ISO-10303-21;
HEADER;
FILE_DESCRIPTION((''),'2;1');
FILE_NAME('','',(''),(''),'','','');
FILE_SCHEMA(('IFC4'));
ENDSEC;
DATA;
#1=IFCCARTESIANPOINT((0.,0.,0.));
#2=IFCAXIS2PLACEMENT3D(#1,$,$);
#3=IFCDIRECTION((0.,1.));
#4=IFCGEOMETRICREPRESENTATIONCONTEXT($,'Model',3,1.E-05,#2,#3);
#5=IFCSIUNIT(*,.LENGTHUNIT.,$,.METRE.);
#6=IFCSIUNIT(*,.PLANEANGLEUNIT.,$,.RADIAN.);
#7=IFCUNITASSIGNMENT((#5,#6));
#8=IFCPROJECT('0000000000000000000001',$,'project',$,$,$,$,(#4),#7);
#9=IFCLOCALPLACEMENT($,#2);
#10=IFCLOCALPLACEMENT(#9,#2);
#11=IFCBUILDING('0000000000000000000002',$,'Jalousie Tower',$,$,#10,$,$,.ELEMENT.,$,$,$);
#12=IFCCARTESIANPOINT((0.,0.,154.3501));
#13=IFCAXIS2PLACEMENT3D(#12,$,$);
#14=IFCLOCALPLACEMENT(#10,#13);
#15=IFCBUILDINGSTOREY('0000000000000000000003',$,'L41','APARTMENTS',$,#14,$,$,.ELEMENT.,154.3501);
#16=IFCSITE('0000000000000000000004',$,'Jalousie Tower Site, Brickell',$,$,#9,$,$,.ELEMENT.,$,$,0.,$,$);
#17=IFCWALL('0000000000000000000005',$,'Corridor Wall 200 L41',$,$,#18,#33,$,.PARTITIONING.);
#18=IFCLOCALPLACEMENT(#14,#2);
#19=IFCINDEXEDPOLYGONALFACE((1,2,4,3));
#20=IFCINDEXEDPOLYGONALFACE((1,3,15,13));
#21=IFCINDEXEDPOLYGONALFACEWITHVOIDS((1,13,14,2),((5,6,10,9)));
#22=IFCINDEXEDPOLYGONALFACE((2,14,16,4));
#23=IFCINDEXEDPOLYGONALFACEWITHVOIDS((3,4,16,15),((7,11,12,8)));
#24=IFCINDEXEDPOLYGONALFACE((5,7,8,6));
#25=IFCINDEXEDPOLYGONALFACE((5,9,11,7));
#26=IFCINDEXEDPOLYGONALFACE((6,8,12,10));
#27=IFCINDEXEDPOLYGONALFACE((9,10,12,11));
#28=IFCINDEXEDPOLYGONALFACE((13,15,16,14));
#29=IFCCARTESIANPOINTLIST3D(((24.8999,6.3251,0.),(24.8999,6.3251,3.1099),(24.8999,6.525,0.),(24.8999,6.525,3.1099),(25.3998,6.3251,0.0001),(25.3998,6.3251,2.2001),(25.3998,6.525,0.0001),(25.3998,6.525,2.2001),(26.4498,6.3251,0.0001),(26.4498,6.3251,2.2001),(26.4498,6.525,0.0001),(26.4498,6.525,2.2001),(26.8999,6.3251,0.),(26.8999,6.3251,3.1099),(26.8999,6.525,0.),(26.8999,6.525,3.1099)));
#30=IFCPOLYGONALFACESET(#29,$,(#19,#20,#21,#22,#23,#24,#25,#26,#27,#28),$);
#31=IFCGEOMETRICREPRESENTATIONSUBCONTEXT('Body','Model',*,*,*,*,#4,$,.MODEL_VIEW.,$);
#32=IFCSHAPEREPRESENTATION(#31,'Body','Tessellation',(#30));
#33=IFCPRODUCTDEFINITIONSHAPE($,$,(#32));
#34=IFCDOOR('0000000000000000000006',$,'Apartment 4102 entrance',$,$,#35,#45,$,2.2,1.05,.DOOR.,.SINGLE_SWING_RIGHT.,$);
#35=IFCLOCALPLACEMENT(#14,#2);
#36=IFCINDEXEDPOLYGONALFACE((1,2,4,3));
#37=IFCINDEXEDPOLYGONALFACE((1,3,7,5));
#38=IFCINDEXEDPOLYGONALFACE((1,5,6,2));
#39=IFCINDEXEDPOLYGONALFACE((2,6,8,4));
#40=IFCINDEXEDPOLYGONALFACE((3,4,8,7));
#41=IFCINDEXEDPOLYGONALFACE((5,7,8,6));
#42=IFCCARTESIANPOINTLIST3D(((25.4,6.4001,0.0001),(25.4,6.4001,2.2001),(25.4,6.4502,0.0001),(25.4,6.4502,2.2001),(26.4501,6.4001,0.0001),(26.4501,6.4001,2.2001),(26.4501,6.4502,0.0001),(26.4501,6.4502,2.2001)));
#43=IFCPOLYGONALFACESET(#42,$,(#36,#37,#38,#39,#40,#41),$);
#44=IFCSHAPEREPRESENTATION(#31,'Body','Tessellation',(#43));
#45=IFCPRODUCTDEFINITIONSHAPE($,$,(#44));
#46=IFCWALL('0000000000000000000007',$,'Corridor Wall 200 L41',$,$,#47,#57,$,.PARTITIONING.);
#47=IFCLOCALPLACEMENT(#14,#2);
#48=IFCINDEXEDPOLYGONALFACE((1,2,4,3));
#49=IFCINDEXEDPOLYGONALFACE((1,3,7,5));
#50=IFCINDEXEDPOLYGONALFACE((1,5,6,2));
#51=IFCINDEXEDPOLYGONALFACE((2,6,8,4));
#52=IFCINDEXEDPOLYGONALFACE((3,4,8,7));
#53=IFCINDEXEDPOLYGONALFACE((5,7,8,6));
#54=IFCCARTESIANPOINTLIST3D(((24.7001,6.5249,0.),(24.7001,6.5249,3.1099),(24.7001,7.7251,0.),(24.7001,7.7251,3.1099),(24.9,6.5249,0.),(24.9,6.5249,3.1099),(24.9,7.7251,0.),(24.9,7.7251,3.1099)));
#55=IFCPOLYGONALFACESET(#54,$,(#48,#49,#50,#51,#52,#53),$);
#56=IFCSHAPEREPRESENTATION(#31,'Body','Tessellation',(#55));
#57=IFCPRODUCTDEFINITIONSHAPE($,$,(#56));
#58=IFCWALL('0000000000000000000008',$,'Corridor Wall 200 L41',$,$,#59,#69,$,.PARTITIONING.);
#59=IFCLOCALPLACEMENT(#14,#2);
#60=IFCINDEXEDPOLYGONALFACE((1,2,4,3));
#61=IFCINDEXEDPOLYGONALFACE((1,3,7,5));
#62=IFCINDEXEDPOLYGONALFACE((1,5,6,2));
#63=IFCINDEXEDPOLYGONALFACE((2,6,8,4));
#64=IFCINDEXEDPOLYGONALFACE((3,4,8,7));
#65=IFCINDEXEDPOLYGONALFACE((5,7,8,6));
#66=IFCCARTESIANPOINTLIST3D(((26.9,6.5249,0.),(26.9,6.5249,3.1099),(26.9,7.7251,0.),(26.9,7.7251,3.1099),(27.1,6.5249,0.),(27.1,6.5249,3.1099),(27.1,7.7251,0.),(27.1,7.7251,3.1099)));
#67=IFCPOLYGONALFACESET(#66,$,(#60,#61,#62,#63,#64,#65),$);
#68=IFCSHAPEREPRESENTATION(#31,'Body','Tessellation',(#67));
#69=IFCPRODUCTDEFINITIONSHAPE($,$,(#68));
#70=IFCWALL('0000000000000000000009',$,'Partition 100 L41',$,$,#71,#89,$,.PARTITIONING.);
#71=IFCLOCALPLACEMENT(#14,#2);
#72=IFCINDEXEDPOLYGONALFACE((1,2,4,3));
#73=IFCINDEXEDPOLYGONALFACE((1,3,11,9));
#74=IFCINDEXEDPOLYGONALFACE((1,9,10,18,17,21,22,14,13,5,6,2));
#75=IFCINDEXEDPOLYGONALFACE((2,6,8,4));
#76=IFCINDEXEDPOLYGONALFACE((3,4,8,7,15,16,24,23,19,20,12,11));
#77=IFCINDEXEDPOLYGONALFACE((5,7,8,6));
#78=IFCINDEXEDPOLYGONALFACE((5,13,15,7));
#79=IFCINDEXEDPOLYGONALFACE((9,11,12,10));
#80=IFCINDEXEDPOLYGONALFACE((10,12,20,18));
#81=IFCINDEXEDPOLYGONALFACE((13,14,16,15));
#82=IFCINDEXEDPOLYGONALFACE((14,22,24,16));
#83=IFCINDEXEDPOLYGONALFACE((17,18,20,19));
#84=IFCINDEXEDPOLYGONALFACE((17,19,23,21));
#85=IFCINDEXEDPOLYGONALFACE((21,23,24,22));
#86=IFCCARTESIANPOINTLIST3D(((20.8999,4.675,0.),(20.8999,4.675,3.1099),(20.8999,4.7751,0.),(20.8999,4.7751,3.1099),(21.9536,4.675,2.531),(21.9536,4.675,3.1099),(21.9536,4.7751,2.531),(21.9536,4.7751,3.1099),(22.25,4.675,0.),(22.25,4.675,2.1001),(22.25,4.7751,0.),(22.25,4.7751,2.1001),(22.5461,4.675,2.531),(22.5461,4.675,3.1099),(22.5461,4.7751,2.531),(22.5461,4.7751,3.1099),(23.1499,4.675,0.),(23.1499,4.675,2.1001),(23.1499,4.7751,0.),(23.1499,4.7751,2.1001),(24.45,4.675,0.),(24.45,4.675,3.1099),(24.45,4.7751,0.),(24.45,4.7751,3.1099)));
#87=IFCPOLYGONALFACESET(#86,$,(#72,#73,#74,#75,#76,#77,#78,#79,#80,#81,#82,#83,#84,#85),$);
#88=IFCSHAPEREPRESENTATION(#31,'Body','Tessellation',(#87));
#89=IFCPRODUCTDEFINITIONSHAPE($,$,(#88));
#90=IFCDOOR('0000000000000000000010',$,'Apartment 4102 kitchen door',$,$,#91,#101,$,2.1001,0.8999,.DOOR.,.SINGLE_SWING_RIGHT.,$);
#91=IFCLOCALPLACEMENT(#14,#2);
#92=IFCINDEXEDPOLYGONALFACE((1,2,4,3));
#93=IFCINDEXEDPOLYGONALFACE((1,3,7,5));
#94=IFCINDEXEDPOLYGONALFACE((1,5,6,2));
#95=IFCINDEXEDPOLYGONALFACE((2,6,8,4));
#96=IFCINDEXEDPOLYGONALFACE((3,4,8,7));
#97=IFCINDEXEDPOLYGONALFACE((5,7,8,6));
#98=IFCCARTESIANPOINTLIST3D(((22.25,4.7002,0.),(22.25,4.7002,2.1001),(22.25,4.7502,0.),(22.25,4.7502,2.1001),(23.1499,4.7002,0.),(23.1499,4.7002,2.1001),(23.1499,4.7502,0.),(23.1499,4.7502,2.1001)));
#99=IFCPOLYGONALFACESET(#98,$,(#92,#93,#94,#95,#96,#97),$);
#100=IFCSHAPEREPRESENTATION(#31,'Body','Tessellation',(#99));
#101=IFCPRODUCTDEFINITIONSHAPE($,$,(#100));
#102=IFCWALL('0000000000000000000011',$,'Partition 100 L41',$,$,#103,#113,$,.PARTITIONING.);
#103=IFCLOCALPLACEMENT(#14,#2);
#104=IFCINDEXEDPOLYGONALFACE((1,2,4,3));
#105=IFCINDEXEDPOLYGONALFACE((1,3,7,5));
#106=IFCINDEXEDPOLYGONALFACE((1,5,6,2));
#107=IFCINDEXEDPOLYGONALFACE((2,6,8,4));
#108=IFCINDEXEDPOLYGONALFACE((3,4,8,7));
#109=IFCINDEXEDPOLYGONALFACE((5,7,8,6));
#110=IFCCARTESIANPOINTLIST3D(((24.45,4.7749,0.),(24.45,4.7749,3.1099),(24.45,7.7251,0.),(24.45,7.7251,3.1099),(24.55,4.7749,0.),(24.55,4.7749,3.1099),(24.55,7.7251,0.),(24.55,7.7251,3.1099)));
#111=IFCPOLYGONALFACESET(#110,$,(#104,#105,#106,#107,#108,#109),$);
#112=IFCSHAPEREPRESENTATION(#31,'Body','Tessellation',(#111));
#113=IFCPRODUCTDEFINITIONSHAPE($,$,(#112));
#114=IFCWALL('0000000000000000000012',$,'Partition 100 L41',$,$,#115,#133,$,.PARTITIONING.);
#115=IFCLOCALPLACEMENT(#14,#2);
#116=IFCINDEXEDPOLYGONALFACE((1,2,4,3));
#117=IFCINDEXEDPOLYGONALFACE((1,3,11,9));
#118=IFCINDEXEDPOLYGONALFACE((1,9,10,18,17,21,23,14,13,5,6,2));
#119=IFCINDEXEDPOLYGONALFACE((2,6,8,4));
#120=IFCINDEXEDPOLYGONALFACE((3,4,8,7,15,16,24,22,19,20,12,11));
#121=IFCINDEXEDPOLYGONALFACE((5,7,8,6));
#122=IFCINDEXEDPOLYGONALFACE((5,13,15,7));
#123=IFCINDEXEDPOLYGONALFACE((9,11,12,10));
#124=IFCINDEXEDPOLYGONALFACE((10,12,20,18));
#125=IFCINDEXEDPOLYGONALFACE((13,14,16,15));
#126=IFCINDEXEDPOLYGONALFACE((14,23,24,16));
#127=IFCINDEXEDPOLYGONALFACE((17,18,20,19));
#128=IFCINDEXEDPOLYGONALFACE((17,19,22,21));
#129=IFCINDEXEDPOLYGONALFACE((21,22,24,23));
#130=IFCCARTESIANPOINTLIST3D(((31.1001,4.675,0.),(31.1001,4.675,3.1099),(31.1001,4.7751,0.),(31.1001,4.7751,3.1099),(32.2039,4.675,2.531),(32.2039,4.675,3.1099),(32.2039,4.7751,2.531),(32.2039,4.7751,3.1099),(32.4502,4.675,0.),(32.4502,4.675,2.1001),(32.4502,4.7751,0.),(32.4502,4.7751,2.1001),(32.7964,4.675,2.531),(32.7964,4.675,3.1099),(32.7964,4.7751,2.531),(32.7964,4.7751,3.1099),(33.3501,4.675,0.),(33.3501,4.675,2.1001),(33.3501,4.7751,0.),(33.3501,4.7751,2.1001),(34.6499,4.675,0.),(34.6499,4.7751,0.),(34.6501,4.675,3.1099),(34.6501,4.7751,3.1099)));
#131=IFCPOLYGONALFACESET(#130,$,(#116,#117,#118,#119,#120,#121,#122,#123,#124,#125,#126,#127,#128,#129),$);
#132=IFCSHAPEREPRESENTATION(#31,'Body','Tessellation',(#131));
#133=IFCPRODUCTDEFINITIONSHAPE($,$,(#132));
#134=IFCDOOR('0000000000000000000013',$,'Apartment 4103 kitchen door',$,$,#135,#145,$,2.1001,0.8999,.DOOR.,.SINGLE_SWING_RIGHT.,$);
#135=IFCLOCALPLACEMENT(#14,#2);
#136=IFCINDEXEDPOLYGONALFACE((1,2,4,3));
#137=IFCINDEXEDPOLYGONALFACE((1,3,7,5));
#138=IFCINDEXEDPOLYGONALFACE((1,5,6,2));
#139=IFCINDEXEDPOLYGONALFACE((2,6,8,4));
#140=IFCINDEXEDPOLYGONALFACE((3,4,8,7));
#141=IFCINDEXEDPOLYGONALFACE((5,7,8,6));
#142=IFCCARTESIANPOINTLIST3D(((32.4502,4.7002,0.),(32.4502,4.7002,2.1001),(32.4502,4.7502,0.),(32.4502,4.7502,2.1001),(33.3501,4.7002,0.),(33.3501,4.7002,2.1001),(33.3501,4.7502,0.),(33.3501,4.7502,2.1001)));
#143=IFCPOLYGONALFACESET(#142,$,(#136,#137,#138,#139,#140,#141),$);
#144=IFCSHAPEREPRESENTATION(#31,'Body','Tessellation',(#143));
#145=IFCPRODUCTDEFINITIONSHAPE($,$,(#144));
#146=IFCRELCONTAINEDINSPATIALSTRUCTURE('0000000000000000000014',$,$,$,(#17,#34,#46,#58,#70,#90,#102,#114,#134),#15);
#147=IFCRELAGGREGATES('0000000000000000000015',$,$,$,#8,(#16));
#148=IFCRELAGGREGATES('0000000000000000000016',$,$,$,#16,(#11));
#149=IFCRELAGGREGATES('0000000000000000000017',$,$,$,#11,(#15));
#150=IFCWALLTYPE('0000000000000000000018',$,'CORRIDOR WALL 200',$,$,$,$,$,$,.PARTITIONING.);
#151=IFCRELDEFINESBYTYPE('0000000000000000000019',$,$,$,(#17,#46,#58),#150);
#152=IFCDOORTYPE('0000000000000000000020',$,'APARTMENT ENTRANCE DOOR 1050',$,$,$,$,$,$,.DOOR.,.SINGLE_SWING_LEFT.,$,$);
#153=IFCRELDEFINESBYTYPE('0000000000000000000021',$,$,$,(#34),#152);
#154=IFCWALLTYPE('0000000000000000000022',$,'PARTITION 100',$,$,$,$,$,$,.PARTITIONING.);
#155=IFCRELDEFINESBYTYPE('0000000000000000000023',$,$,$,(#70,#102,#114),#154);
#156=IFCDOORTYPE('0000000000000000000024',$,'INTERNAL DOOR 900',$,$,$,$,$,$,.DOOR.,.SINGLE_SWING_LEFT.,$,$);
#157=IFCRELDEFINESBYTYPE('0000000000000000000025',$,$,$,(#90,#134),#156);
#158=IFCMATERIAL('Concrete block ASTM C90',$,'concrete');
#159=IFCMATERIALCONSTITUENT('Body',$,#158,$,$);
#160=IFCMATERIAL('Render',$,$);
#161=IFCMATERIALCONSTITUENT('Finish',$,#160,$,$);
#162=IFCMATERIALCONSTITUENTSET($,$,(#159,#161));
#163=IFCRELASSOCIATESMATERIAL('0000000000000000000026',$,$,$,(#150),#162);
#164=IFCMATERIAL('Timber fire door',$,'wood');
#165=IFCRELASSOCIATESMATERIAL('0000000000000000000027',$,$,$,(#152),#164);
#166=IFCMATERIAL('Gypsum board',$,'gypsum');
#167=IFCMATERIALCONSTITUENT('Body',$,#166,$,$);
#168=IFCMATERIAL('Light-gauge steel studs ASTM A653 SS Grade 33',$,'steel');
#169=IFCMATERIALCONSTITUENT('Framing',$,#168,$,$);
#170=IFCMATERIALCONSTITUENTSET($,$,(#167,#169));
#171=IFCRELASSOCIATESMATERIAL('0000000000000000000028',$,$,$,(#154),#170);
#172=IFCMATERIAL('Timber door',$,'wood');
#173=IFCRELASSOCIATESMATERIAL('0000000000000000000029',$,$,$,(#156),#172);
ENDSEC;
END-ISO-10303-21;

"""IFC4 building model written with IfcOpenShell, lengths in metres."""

from ifc_helpers import new_model, si_unit, direction, frame, frame_2d, origin, place, context, subcontext, project, spatial, polyline, rectangle, outline, extrude, material, constituent, constituent_set, type_object, element, fill, save


model = new_model("IFC4")

# Units and contexts
model_context = context("Model", 3, precision=1e-05, world=origin(), true_north=direction((0.0, 1.0)))
body_context = subcontext(model_context, "Body", "Model", "MODEL_VIEW")
ifc_project = project(units=[si_unit("LENGTHUNIT", "METRE"), si_unit("PLANEANGLEUNIT", "RADIAN")], contexts=[model_context])

# Site, building, storey
site_placement = place(None, origin())
site = spatial("IfcSite", under=ifc_project, at=site_placement, Name="Jalousie Tower Site, Brickell", CompositionType="ELEMENT", RefElevation=0.0)
building_placement = place(site_placement, origin())
building = spatial("IfcBuilding", under=site, at=building_placement, Name="Jalousie Tower", CompositionType="ELEMENT")
storey_placement = place(building_placement, frame((0.0, 0.0, 154.3501)))
storey = spatial("IfcBuildingStorey", under=building, at=storey_placement, Name="L41", Description="APARTMENTS", CompositionType="ELEMENT", Elevation=154.3501)

# Shared definitions
ifc_material_1 = material(Name="Concrete block ASTM C90", Category="concrete")
ifc_constituent_1 = constituent(ifc_material_1, Name="Body")
ifc_material_2 = material(Name="Render")
ifc_constituent_2 = constituent(ifc_material_2, Name="Finish")
ifc_constituent_set_1 = constituent_set(constituents=[ifc_constituent_1, ifc_constituent_2])
wall_type_1 = type_object("IfcWallType", Name="CORRIDOR WALL 200", PredefinedType="PARTITIONING", material=ifc_constituent_set_1)

# Wall, opening, door
wall_1_placement = place(storey_placement, frame((24.8999, 6.425, 0.0), z_axis=(0.0, 0.0, 1.0), x_axis=(1.0, 0.0, 0.0)))
wall_1 = element("IfcWall", 1, at=wall_1_placement, inside=storey, type_object=wall_type_1, Name="Corridor Wall 200 L41", PredefinedType="PARTITIONING", context=body_context, shape_type="SweptSolid", body=[
    extrude(rectangle(XDim=2.0, YDim=0.2, at=frame_2d((1.0, 0.0))), origin(), (0.0, 0.0, 1.0), 3.1099),
])
opening_1_placement = place(wall_1_placement, frame((0.5, 0.0, 0.0)))
opening_1 = element("IfcOpeningElement", 2, at=opening_1_placement, cuts=wall_1, PredefinedType="OPENING", context=body_context, shape_type="SweptSolid", body=[
    extrude(rectangle(XDim=1.05, YDim=2.2, at=frame_2d((0.5249, 1.1001))), frame((0.0, 0.1099, 0.0), z_axis=(0.0, -1.0, 0.0), x_axis=(1.0, 0.0, 0.0)), (0.0, 0.0, 1.0), 0.22),
])
ifc_material_3 = material(Name="Timber fire door", Category="wood")
door_type_1 = type_object("IfcDoorType", Name="APARTMENT ENTRANCE DOOR 1050", OperationType="SINGLE_SWING_LEFT", PredefinedType="DOOR", material=ifc_material_3)
door_1_placement = place(opening_1_placement, frame((1.05, 0.0, 0.0), z_axis=(0.0, 0.0, 1.0), x_axis=(-1.0, 0.0, 0.0)))
door_1 = element("IfcDoor", 3, at=door_1_placement, inside=storey, type_object=door_type_1, Name="Apartment 4102 entrance", OperationType="SINGLE_SWING_RIGHT", OverallHeight=2.2, OverallWidth=1.05, PredefinedType="DOOR", context=body_context, shape_type="SweptSolid", body=[
    extrude(rectangle(XDim=1.05, YDim=2.2, at=frame_2d((0.5249, 1.1001))), frame((0.0, 0.0249, 0.0), z_axis=(0.0, -1.0, 0.0), x_axis=(1.0, 0.0, 0.0)), (0.0, 0.0, 1.0), 0.05),
])
fill(opening_1, door_1)

# Walls
for number, where, z_axis, x_axis, name in (
    (4, (24.8, 7.7251, 0.0), (0.0, 0.0, 1.0), (0.0, -1.0, 0.0), "Corridor Wall 200 L41"),
    (5, (27.0, 7.7251, 0.0), (0.0, 0.0, 1.0), (0.0, -1.0, 0.0), "Corridor Wall 200 L41"),
):
    element("IfcWall", number, at=place(storey_placement, frame(where, z_axis=z_axis, x_axis=x_axis)), inside=storey, type_object=wall_type_1, Name=name, PredefinedType="PARTITIONING", context=body_context, shape_type="SweptSolid", body=[
        extrude(rectangle(XDim=1.2002, YDim=0.2, at=frame_2d((0.6001, 0.0))), origin(), (0.0, 0.0, 1.0), 3.1099),
    ])

# Wall, opening, door
ifc_material_4 = material(Name="Gypsum board", Category="gypsum")
ifc_constituent_3 = constituent(ifc_material_4, Name="Body")
ifc_material_5 = material(Name="Light-gauge steel studs ASTM A653 SS Grade 33", Category="steel")
ifc_constituent_4 = constituent(ifc_material_5, Name="Framing")
ifc_constituent_set_2 = constituent_set(constituents=[ifc_constituent_3, ifc_constituent_4])
wall_type_2 = type_object("IfcWallType", Name="PARTITION 100", PredefinedType="PARTITIONING", material=ifc_constituent_set_2)
wall_2_placement = place(storey_placement, frame((20.8999, 4.7251, 0.0), z_axis=(0.0, 0.0, 1.0), x_axis=(1.0, 0.0, 0.0)))
wall_2 = element("IfcWall", 6, at=wall_2_placement, inside=storey, type_object=wall_type_2, Name="Partition 100 L41", PredefinedType="PARTITIONING", context=body_context, shape_type="SweptSolid", body=[
    extrude(outline(polyline([(0.0, 0.0), (3.55, 0.0), (3.55, 3.1099), (1.6462, 3.1099), (1.6462, 2.531), (1.0537, 2.531), (1.0537, 3.1099), (0.0, 3.1099), (0.0, 0.0)])), frame((0.0, 0.05, 0.0), z_axis=(0.0, -1.0, 0.0), x_axis=(1.0, 0.0, 0.0)), (0.0, 0.0, 1.0), 0.1001),
])
opening_2_placement = place(wall_2_placement, frame((1.3501, 0.0, 0.0)))
opening_2 = element("IfcOpeningElement", 7, at=opening_2_placement, cuts=wall_2, PredefinedType="OPENING", context=body_context, shape_type="SweptSolid", body=[
    extrude(rectangle(XDim=0.8999, YDim=2.1001, at=frame_2d((0.45, 1.05))), frame((0.0, 0.0601, 0.0), z_axis=(0.0, -1.0, 0.0), x_axis=(1.0, 0.0, 0.0)), (0.0, 0.0, 1.0), 0.1201),
])
ifc_material_6 = material(Name="Timber door", Category="wood")
door_type_2 = type_object("IfcDoorType", Name="INTERNAL DOOR 900", OperationType="SINGLE_SWING_LEFT", PredefinedType="DOOR", material=ifc_material_6)
door_2_placement = place(opening_2_placement, frame((0.8999, 0.0, 0.0), z_axis=(0.0, 0.0, 1.0), x_axis=(-1.0, 0.0, 0.0)))
door_2 = element("IfcDoor", 8, at=door_2_placement, inside=storey, type_object=door_type_2, Name="Apartment 4102 kitchen door", OperationType="SINGLE_SWING_RIGHT", OverallHeight=2.1001, OverallWidth=0.8999, PredefinedType="DOOR", context=body_context, shape_type="SweptSolid", body=[
    extrude(rectangle(XDim=0.8999, YDim=2.1001, at=frame_2d((0.45, 1.05))), frame((0.0, 0.0249, 0.0), z_axis=(0.0, -1.0, 0.0), x_axis=(1.0, 0.0, 0.0)), (0.0, 0.0, 1.0), 0.05),
])
fill(opening_2, door_2)

# Wall
wall_3_placement = place(storey_placement, frame((24.5, 4.7749, 0.0), z_axis=(0.0, 0.0, 1.0), x_axis=(0.0, 1.0, 0.0)))
element("IfcWall", 9, at=wall_3_placement, inside=storey, type_object=wall_type_2, Name="Partition 100 L41", PredefinedType="PARTITIONING", context=body_context, shape_type="SweptSolid", body=[
    extrude(rectangle(XDim=2.9502, YDim=0.1001, at=frame_2d((1.4751, 0.0))), origin(), (0.0, 0.0, 1.0), 3.1099),
])

# Wall, opening, door
wall_4_placement = place(storey_placement, frame((31.1001, 4.7251, 0.0), z_axis=(0.0, 0.0, 1.0), x_axis=(1.0, 0.0, 0.0)))
wall_4 = element("IfcWall", 10, at=wall_4_placement, inside=storey, type_object=wall_type_2, Name="Partition 100 L41", PredefinedType="PARTITIONING", context=body_context, shape_type="SweptSolid", body=[
    extrude(outline(polyline([(0.0, 0.0), (3.5498, 0.0), (3.55, 3.1099), (1.6963, 3.1099), (1.6963, 2.531), (1.1038, 2.531), (1.1038, 3.1099), (0.0, 3.1099), (0.0, 0.0)])), frame((0.0, 0.05, 0.0), z_axis=(0.0, -1.0, 0.0), x_axis=(1.0, 0.0, 0.0)), (0.0, 0.0, 1.0), 0.1001),
])
opening_3_placement = place(wall_4_placement, frame((1.3501, 0.0, 0.0)))
opening_3 = element("IfcOpeningElement", 11, at=opening_3_placement, cuts=wall_4, PredefinedType="OPENING", context=body_context, shape_type="SweptSolid", body=[
    extrude(rectangle(XDim=0.8999, YDim=2.1001, at=frame_2d((0.45, 1.05))), frame((0.0, 0.0601, 0.0), z_axis=(0.0, -1.0, 0.0), x_axis=(1.0, 0.0, 0.0)), (0.0, 0.0, 1.0), 0.1201),
])
door_3_placement = place(opening_3_placement, frame((0.8999, 0.0, 0.0), z_axis=(0.0, 0.0, 1.0), x_axis=(-1.0, 0.0, 0.0)))
door_3 = element("IfcDoor", 12, at=door_3_placement, inside=storey, type_object=door_type_2, Name="Apartment 4103 kitchen door", OperationType="SINGLE_SWING_RIGHT", OverallHeight=2.1001, OverallWidth=0.8999, PredefinedType="DOOR", context=body_context, shape_type="SweptSolid", body=[
    extrude(rectangle(XDim=0.8999, YDim=2.1001, at=frame_2d((0.45, 1.05))), frame((0.0, 0.0249, 0.0), z_axis=(0.0, -1.0, 0.0), x_axis=(1.0, 0.0, 0.0)), (0.0, 0.0, 1.0), 0.05),
])
fill(opening_3, door_3)

save(model, "model.ifc")
